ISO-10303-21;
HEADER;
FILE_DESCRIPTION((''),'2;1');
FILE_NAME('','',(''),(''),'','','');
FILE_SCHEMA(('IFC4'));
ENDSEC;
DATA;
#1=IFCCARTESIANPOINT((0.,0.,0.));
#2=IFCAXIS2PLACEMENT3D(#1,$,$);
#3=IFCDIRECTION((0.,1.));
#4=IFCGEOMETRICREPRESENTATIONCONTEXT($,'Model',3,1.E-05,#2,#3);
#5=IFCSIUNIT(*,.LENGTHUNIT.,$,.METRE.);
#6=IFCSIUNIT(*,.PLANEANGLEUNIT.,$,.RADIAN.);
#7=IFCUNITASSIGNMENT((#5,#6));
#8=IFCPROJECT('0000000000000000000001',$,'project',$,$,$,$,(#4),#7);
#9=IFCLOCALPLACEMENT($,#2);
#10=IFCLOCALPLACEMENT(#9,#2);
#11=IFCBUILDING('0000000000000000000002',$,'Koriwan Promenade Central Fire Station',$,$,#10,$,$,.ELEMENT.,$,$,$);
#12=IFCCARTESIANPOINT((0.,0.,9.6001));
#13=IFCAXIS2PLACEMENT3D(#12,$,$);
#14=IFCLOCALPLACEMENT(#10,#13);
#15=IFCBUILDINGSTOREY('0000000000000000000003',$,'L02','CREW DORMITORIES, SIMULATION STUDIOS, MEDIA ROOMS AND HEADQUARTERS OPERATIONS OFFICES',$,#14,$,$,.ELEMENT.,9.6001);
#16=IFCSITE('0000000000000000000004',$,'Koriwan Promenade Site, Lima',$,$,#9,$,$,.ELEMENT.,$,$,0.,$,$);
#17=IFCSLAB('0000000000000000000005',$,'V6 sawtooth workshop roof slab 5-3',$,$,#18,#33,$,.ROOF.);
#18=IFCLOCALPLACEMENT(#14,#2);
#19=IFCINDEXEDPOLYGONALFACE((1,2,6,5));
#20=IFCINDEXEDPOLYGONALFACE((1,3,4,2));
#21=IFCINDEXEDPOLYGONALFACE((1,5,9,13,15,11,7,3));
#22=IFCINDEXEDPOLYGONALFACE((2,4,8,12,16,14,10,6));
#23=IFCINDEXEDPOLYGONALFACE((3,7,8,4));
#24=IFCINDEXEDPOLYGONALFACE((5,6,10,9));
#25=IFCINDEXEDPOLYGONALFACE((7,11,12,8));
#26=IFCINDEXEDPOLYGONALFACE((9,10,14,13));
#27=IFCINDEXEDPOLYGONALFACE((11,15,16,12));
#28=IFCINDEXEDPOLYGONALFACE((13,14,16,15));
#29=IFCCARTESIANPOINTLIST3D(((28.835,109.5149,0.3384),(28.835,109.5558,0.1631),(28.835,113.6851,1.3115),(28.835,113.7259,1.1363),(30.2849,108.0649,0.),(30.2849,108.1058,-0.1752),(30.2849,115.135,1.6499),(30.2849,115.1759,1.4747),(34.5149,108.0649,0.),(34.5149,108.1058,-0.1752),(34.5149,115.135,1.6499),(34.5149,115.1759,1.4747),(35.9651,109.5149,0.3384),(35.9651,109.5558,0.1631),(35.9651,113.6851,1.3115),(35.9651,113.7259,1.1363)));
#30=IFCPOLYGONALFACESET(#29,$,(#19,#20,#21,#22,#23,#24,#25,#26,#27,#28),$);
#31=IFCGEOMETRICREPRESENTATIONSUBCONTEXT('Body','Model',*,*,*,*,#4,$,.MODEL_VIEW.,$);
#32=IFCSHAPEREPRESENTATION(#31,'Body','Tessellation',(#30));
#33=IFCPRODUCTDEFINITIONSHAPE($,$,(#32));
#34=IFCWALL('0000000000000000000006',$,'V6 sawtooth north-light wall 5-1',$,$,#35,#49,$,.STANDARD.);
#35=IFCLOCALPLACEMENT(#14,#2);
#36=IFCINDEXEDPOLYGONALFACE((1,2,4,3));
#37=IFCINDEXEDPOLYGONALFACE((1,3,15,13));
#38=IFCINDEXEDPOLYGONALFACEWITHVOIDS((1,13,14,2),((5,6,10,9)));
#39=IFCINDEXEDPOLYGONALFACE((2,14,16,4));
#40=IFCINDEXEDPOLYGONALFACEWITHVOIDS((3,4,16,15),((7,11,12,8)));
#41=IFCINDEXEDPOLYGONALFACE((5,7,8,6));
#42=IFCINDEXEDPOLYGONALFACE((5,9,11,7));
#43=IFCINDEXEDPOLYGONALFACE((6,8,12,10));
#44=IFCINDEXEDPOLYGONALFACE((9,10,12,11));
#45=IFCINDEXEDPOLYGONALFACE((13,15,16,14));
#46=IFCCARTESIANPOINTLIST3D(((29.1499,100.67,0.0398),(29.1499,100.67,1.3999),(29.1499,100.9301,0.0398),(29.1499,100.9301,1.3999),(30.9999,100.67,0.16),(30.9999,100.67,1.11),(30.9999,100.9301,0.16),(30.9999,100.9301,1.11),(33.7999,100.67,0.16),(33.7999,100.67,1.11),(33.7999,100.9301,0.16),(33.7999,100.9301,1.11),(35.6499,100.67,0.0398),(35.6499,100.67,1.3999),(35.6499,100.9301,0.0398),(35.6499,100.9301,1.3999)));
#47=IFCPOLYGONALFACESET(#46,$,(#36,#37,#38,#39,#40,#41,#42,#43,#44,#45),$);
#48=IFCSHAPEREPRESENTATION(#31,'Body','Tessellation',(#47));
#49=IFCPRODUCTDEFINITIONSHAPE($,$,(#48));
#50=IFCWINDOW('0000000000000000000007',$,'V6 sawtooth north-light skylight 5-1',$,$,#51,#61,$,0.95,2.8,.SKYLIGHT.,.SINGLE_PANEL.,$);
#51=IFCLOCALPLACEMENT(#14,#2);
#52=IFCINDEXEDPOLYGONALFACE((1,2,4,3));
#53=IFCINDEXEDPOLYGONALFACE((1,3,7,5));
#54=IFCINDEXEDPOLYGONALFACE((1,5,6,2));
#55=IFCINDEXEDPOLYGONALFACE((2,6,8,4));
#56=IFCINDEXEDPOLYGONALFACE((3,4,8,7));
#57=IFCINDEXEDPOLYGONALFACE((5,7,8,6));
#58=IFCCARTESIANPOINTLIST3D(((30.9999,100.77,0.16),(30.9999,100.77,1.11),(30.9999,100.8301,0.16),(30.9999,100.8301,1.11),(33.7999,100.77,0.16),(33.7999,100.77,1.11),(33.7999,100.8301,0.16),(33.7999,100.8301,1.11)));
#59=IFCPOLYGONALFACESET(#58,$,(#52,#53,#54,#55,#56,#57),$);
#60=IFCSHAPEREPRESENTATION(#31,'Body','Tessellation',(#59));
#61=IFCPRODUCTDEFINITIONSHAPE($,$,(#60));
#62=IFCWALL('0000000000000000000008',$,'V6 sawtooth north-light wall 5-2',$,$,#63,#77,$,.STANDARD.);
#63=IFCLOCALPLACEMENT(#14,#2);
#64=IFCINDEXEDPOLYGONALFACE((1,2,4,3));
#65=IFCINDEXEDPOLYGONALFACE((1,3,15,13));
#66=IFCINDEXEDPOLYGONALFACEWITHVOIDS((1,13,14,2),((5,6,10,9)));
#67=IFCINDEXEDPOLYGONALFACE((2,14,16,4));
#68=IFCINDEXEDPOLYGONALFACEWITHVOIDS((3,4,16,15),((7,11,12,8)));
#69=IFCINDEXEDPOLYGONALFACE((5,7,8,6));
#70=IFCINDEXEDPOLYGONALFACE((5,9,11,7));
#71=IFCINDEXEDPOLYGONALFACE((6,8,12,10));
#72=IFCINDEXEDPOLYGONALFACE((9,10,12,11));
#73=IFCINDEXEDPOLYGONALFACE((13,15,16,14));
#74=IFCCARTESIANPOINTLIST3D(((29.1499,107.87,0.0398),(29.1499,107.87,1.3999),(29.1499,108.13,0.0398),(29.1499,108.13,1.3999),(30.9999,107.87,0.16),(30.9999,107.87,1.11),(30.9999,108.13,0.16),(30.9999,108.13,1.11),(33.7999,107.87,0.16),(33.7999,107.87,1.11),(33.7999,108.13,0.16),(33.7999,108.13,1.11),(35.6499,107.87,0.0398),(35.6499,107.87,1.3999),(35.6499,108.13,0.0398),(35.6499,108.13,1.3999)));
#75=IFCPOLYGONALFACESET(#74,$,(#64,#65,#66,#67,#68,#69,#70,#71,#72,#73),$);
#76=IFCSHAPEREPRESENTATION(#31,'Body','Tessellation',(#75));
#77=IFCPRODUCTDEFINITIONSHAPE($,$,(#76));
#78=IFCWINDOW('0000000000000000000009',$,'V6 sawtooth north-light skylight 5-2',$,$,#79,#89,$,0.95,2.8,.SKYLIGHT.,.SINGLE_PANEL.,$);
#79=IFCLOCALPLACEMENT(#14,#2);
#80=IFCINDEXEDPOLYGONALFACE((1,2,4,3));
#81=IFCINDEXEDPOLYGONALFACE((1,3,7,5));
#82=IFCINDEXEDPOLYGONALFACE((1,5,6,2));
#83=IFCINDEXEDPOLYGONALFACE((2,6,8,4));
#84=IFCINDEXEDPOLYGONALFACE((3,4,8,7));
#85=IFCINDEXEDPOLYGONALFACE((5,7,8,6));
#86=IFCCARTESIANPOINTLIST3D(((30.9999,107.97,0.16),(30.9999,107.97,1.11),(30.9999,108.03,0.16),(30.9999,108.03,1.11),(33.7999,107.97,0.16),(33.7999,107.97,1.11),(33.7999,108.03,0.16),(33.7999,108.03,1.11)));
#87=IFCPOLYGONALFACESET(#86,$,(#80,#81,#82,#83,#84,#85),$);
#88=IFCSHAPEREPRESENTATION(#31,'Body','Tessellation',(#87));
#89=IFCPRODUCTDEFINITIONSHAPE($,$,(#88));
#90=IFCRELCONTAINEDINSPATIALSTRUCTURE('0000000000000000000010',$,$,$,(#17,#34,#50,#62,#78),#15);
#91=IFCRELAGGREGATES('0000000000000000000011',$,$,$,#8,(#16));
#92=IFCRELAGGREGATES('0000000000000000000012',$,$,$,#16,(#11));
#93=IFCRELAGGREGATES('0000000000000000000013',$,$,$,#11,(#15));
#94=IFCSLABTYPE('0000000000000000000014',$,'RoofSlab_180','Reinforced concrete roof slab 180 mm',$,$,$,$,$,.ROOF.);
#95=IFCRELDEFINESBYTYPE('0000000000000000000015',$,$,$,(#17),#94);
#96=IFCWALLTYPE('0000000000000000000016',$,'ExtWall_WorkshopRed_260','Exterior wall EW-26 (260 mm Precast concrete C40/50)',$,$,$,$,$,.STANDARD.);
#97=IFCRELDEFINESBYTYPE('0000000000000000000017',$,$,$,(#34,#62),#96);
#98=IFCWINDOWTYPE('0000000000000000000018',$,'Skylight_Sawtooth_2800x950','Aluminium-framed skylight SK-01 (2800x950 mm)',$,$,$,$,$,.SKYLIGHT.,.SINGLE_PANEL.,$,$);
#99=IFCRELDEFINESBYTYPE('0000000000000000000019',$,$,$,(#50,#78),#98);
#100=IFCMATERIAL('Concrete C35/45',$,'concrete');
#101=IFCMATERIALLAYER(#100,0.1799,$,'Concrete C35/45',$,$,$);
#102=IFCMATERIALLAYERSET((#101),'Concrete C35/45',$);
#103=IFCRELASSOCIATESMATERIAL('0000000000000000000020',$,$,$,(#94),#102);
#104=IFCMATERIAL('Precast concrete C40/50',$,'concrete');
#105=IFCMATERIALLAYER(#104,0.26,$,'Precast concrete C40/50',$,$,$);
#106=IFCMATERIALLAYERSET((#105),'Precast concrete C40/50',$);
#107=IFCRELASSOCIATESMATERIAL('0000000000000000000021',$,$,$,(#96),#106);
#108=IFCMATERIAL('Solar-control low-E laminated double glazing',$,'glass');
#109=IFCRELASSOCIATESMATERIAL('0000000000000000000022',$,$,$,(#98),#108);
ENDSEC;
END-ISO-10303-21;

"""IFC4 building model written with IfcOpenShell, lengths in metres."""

from ifc_helpers import new_model, si_unit, direction, frame, frame_2d, origin, place, context, subcontext, project, spatial, polyline, rectangle, outline, extrude, material, layer, layer_set, type_object, element, fill, save


model = new_model("IFC4")

# Units and contexts
model_context = context("Model", 3, precision=1e-05, world=origin(), true_north=direction((0.0, 1.0)))
body_context = subcontext(model_context, "Body", "Model", "MODEL_VIEW")
ifc_project = project(units=[si_unit("LENGTHUNIT", "METRE"), si_unit("PLANEANGLEUNIT", "RADIAN")], contexts=[model_context])

# Site, building, storey
site_placement = place(None, origin())
site = spatial("IfcSite", under=ifc_project, at=site_placement, Name="Koriwan Promenade Site, Lima", CompositionType="ELEMENT", RefElevation=0.0)
building_placement = place(site_placement, origin())
building = spatial("IfcBuilding", under=site, at=building_placement, Name="Koriwan Promenade Central Fire Station", CompositionType="ELEMENT")
storey_placement = place(building_placement, frame((0.0, 0.0, 9.6001)))
storey = spatial("IfcBuildingStorey", under=building, at=storey_placement, Name="L02", Description="CREW DORMITORIES, SIMULATION STUDIOS, MEDIA ROOMS AND HEADQUARTERS OPERATIONS OFFICES", CompositionType="ELEMENT", Elevation=9.6001)

# Slab
ifc_material_1 = material(Name="Concrete C35/45", Category="concrete")
ifc_layer_1 = layer(ifc_material_1, 0.1799, Name="Concrete C35/45")
ifc_layer_set_1 = layer_set([ifc_layer_1], Name="Concrete C35/45")
slab_type = type_object("IfcSlabType", Name="RoofSlab_180", Description="Reinforced concrete roof slab 180 mm", PredefinedType="ROOF", material=ifc_layer_set_1)
for number, where, z_axis, x_axis, name in (
    (1, (30.2849, 108.0649, 0.0), (0.0, -0.227258, 0.973835), (1.0, 0.0, 0.0), "V6 sawtooth workshop roof slab 5-3"),
):
    element("IfcSlab", number, at=place(storey_placement, frame(where, z_axis=z_axis, x_axis=x_axis)), inside=storey, type_object=slab_type, Name=name, PredefinedType="ROOF", context=body_context, shape_type="SweptSolid", body=[
        extrude(outline(polyline([(0.0, 0.0), (4.23, 0.0), (5.6802, 1.4889), (5.6802, 5.7711), (4.23, 7.26), (0.0, 7.26), (-1.45, 5.7711), (-1.45, 1.4889), (0.0, 0.0)])), origin(), (0.0, 0.0, -1.0), 0.1799),
    ])

# Walls, openings, windows
ifc_material_2 = material(Name="Precast concrete C40/50", Category="concrete")
ifc_layer_2 = layer(ifc_material_2, 0.26, Name="Precast concrete C40/50")
ifc_layer_set_2 = layer_set([ifc_layer_2], Name="Precast concrete C40/50")
wall_type = type_object("IfcWallType", Name="ExtWall_WorkshopRed_260", Description="Exterior wall EW-26 (260 mm Precast concrete C40/50)", PredefinedType="STANDARD", material=ifc_layer_set_2)
wall_1_placement = place(storey_placement, frame((29.1499, 100.8, 0.0398), z_axis=(0.0, 0.0, 1.0), x_axis=(1.0, 0.0, 0.0)))
wall_1 = element("IfcWall", 2, at=wall_1_placement, inside=storey, type_object=wall_type, Name="V6 sawtooth north-light wall 5-1", PredefinedType="STANDARD", context=body_context, shape_type="SweptSolid", body=[
    extrude(rectangle(XDim=6.5, YDim=0.26, at=frame_2d((3.25, 0.0))), origin(), (0.0, 0.0, 1.0), 1.3601),
])
opening_1_placement = place(wall_1_placement, frame((1.8501, 0.0, 0.1201)))
opening_1 = element("IfcOpeningElement", 3, at=opening_1_placement, cuts=wall_1, PredefinedType="OPENING", context=body_context, shape_type="SweptSolid", body=[
    extrude(rectangle(XDim=2.8, YDim=0.95, at=frame_2d((1.3999, 0.4751))), frame((0.0, 0.1421, 0.0), z_axis=(0.0, -1.0, 0.0), x_axis=(1.0, 0.0, 0.0)), (0.0, 0.0, 1.0), 0.2839),
])
ifc_material_3 = material(Name="Solar-control low-E laminated double glazing", Category="glass")
window_type = type_object("IfcWindowType", Name="Skylight_Sawtooth_2800x950", Description="Aluminium-framed skylight SK-01 (2800x950 mm)", PartitioningType="SINGLE_PANEL", PredefinedType="SKYLIGHT", material=ifc_material_3)
window_1_placement = place(opening_1_placement, origin())
window_1 = element("IfcWindow", 4, at=window_1_placement, inside=storey, type_object=window_type, Name="V6 sawtooth north-light skylight 5-1", OverallHeight=0.95, OverallWidth=2.8, PartitioningType="SINGLE_PANEL", PredefinedType="SKYLIGHT", context=body_context, shape_type="SweptSolid", body=[
    extrude(rectangle(XDim=2.8, YDim=0.95, at=frame_2d((1.3999, 0.4751))), frame((0.0, 0.03, 0.0), z_axis=(0.0, -1.0, 0.0), x_axis=(1.0, 0.0, 0.0)), (0.0, 0.0, 1.0), 0.0601),
])
fill(opening_1, window_1)
wall_2_placement = place(storey_placement, frame((29.1499, 108.0, 0.0398), z_axis=(0.0, 0.0, 1.0), x_axis=(1.0, 0.0, 0.0)))
wall_2 = element("IfcWall", 5, at=wall_2_placement, inside=storey, type_object=wall_type, Name="V6 sawtooth north-light wall 5-2", PredefinedType="STANDARD", context=body_context, shape_type="SweptSolid", body=[
    extrude(rectangle(XDim=6.5, YDim=0.26, at=frame_2d((3.25, 0.0))), origin(), (0.0, 0.0, 1.0), 1.3601),
])
opening_2_placement = place(wall_2_placement, frame((1.8501, 0.0, 0.1201)))
opening_2 = element("IfcOpeningElement", 6, at=opening_2_placement, cuts=wall_2, PredefinedType="OPENING", context=body_context, shape_type="SweptSolid", body=[
    extrude(rectangle(XDim=2.8, YDim=0.95, at=frame_2d((1.3999, 0.4751))), frame((0.0, 0.1421, 0.0), z_axis=(0.0, -1.0, 0.0), x_axis=(1.0, 0.0, 0.0)), (0.0, 0.0, 1.0), 0.2839),
])
window_2_placement = place(opening_2_placement, origin())
window_2 = element("IfcWindow", 7, at=window_2_placement, inside=storey, type_object=window_type, Name="V6 sawtooth north-light skylight 5-2", OverallHeight=0.95, OverallWidth=2.8, PartitioningType="SINGLE_PANEL", PredefinedType="SKYLIGHT", context=body_context, shape_type="SweptSolid", body=[
    extrude(rectangle(XDim=2.8, YDim=0.95, at=frame_2d((1.3999, 0.4751))), frame((0.0, 0.03, 0.0), z_axis=(0.0, -1.0, 0.0), x_axis=(1.0, 0.0, 0.0)), (0.0, 0.0, 1.0), 0.0601),
])
fill(opening_2, window_2)

save(model, "model.ifc")
